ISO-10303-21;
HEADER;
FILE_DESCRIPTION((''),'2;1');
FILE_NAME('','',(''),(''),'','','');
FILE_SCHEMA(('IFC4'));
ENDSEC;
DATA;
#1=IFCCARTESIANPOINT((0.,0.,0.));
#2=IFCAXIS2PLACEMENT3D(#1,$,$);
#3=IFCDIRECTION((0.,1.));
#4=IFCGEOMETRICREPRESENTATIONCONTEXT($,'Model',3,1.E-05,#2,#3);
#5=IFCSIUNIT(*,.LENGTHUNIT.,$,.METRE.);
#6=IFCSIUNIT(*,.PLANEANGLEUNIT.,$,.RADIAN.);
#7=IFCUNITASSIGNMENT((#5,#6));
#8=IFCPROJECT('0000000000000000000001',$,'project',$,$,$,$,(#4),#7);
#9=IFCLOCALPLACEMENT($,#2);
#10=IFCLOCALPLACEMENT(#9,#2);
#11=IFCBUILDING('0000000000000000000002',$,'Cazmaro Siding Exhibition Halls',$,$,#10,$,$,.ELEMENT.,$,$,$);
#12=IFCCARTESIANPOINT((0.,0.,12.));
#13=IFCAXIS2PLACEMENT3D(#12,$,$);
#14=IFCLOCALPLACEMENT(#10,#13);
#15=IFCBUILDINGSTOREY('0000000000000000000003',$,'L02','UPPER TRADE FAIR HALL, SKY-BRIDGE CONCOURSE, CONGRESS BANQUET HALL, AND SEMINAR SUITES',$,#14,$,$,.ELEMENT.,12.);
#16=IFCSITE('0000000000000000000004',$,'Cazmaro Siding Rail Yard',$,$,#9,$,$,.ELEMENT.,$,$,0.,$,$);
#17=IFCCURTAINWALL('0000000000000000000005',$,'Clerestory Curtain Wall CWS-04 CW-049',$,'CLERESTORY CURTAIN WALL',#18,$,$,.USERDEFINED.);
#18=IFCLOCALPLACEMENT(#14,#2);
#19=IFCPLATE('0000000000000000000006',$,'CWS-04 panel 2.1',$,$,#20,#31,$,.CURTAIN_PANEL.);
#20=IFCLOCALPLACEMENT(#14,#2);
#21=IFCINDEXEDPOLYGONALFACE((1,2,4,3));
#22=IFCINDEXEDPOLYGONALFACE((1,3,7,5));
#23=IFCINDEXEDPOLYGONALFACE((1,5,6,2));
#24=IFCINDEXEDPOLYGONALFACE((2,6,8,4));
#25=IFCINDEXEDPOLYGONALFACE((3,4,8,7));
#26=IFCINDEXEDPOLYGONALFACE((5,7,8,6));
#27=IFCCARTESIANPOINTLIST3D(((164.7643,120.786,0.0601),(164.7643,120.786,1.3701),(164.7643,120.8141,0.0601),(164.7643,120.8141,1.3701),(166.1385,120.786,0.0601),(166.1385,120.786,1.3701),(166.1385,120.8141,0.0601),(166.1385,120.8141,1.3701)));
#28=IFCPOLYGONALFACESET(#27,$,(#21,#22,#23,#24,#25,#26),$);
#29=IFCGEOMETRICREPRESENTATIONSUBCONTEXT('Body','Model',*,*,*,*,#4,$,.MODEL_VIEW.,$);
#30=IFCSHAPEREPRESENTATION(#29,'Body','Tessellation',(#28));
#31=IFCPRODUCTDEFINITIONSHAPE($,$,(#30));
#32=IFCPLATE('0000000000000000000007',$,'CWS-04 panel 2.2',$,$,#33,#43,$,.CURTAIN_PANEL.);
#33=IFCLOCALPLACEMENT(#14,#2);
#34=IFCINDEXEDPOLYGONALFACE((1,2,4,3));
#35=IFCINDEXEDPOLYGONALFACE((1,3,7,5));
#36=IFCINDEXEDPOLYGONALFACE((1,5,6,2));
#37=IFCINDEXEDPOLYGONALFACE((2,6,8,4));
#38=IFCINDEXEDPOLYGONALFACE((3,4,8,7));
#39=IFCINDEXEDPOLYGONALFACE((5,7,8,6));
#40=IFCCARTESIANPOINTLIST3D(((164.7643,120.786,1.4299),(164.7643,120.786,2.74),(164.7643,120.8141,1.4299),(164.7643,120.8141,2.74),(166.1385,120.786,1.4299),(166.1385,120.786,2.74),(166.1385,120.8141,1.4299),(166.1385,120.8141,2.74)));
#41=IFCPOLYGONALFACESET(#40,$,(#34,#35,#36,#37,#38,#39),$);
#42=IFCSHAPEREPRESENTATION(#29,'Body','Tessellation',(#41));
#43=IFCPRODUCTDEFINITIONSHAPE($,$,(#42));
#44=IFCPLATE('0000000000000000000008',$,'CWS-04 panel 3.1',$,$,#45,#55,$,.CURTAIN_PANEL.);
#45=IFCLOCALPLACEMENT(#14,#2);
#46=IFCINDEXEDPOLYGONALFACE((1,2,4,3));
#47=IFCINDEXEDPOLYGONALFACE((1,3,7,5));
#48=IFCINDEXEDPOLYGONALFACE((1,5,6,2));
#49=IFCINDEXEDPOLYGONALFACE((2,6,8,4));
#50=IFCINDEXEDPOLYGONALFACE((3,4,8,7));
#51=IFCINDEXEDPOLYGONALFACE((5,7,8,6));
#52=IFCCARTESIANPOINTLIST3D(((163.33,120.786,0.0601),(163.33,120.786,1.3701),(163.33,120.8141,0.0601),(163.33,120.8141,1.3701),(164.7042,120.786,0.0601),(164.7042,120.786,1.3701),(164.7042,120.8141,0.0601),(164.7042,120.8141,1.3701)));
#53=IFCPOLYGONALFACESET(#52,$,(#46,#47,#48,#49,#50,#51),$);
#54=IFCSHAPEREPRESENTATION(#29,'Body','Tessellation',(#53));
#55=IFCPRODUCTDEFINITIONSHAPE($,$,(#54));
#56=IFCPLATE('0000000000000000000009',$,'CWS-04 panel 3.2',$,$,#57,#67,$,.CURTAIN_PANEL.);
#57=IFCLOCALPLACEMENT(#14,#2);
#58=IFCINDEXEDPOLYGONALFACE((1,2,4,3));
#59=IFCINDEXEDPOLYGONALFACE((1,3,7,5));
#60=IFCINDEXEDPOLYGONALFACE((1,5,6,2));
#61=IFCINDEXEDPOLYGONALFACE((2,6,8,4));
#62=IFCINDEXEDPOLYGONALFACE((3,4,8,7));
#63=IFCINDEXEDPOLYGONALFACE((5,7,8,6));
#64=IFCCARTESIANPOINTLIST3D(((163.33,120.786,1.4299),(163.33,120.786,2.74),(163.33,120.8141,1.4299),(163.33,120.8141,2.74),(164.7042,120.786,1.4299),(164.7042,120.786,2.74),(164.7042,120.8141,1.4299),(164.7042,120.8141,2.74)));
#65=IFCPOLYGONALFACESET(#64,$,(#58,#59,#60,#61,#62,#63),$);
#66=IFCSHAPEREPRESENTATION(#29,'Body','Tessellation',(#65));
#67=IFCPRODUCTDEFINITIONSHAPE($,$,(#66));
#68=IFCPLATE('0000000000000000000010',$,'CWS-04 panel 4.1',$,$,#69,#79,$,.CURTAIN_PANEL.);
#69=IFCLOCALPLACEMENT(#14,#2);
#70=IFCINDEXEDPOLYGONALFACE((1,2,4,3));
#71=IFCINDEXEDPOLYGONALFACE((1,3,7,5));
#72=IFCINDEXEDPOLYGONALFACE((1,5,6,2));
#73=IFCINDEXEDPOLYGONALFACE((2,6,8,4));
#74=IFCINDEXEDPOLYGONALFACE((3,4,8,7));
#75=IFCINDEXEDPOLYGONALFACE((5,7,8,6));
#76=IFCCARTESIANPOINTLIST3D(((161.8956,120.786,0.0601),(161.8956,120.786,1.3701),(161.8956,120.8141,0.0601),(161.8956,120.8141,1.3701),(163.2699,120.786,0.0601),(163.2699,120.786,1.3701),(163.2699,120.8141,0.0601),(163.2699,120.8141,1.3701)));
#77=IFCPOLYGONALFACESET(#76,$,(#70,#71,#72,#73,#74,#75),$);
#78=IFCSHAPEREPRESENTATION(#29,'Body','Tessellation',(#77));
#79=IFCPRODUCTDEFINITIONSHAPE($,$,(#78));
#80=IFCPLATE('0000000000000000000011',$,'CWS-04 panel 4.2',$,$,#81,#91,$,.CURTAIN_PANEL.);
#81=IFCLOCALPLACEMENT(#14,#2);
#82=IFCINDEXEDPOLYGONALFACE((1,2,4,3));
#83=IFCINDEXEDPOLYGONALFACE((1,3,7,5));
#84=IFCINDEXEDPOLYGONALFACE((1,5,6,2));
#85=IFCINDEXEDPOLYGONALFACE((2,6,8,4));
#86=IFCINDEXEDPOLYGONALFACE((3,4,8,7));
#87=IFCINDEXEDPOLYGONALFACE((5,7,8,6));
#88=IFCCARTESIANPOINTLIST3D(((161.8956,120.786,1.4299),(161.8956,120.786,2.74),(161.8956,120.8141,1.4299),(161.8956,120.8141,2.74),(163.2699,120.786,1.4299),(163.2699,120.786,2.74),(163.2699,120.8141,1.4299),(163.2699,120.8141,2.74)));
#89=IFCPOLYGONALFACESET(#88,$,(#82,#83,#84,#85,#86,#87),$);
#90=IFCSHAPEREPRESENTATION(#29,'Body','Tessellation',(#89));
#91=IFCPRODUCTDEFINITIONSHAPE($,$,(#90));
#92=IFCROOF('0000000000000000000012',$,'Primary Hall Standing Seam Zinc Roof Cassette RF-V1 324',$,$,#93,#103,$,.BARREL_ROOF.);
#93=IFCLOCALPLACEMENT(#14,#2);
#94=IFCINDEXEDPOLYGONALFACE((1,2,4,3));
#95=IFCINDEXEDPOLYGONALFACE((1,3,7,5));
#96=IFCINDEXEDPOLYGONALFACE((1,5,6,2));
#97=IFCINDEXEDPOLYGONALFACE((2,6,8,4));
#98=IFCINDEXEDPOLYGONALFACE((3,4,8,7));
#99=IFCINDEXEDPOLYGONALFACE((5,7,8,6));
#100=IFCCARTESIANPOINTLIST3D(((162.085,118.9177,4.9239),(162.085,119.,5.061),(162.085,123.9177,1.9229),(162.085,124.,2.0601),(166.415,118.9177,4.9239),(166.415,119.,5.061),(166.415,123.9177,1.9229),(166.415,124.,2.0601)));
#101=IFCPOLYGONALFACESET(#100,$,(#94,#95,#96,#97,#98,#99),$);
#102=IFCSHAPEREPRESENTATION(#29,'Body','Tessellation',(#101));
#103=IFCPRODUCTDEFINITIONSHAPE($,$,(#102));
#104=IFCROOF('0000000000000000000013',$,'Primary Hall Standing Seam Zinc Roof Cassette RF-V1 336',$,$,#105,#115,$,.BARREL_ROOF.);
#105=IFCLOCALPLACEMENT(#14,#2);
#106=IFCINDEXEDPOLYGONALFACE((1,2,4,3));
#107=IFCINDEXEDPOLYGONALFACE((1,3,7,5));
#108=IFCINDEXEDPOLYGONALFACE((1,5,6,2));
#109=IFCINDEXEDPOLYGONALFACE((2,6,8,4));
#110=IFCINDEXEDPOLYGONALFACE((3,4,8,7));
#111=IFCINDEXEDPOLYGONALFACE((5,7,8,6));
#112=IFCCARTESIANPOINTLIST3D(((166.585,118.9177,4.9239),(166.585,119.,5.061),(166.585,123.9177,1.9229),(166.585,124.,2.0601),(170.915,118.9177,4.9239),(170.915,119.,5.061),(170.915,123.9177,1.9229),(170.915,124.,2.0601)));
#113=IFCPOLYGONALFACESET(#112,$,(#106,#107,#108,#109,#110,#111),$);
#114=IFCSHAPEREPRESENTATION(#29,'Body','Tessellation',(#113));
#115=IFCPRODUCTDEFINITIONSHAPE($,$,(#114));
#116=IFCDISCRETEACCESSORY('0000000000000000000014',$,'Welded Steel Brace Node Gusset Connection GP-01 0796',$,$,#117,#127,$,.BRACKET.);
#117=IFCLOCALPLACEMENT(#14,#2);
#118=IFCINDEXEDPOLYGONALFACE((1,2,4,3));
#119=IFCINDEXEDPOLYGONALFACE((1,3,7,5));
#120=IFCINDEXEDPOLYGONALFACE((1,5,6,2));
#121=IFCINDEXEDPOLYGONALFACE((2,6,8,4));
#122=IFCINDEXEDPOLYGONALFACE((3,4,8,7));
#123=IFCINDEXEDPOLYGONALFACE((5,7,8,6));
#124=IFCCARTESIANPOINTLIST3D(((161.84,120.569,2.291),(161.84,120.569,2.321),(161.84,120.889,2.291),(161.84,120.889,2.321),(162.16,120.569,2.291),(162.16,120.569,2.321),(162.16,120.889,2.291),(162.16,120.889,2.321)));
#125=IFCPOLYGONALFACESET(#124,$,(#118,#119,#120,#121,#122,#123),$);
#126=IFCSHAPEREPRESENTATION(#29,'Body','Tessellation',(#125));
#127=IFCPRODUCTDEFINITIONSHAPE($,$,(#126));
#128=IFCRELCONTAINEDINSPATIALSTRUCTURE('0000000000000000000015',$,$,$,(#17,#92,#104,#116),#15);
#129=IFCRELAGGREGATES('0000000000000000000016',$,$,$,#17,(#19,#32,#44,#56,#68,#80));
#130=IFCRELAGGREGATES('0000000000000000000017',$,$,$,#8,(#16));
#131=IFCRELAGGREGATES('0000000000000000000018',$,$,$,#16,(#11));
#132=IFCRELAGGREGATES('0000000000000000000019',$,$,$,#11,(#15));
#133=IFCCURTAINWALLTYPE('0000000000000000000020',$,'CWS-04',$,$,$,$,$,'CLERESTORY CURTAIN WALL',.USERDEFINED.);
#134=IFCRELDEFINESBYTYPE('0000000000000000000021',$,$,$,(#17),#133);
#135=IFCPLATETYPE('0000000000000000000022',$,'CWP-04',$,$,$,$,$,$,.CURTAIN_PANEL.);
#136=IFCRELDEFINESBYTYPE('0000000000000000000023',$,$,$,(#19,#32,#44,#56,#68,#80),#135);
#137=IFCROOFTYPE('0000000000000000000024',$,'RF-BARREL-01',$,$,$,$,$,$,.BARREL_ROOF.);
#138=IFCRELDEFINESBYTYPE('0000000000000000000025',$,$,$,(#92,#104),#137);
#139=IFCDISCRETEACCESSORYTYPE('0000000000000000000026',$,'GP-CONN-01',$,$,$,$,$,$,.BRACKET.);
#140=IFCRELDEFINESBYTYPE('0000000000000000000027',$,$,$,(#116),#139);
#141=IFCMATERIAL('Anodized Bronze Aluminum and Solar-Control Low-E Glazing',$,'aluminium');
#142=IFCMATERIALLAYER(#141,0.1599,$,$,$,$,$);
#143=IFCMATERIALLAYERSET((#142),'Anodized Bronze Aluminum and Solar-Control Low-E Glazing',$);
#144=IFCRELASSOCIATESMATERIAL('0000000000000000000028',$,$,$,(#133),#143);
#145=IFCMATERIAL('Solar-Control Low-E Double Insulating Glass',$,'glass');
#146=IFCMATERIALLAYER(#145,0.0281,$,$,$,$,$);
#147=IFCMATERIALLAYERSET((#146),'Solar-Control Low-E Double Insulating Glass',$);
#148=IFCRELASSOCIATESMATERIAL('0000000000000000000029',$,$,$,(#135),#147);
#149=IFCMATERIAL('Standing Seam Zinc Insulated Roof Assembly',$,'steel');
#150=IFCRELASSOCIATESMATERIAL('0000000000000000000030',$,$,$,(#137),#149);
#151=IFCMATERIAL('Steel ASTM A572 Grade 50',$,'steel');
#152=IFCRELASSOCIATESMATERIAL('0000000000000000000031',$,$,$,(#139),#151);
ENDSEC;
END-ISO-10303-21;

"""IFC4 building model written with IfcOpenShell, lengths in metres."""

from ifc_helpers import new_model, si_unit, direction, frame, origin, origin_2d, place, context, subcontext, project, spatial, polyline, rectangle, outline, extrude, material, layer, layer_set, type_object, element, aggregate, save


model = new_model("IFC4")

# Units and contexts
model_context = context("Model", 3, precision=1e-05, world=origin(), true_north=direction((0.0, 1.0)))
body_context = subcontext(model_context, "Body", "Model", "MODEL_VIEW")
ifc_project = project(units=[si_unit("LENGTHUNIT", "METRE"), si_unit("PLANEANGLEUNIT", "RADIAN")], contexts=[model_context])

# Site, building, storey
site_placement = place(None, origin())
site = spatial("IfcSite", under=ifc_project, at=site_placement, Name="Cazmaro Siding Rail Yard", CompositionType="ELEMENT", RefElevation=0.0)
building_placement = place(site_placement, origin())
building = spatial("IfcBuilding", under=site, at=building_placement, Name="Cazmaro Siding Exhibition Halls", CompositionType="ELEMENT")
storey_placement = place(building_placement, frame((0.0, 0.0, 12.0)))
storey = spatial("IfcBuildingStorey", under=building, at=storey_placement, Name="L02", Description="UPPER TRADE FAIR HALL, SKY-BRIDGE CONCOURSE, CONGRESS BANQUET HALL, AND SEMINAR SUITES", CompositionType="ELEMENT", Elevation=12.0)

# Curtain wall
ifc_material_1 = material(Name="Anodized Bronze Aluminum and Solar-Control Low-E Glazing", Category="aluminium")
ifc_layer_1 = layer(ifc_material_1, 0.1599)
ifc_layer_set_1 = layer_set([ifc_layer_1], Name="Anodized Bronze Aluminum and Solar-Control Low-E Glazing")
curtain_wall_type = type_object("IfcCurtainWallType", Name="CWS-04", ElementType="CLERESTORY CURTAIN WALL", PredefinedType="USERDEFINED", material=ifc_layer_set_1)
curtain_wall_placement = place(storey_placement, origin())
curtain_wall = element("IfcCurtainWall", 1, at=curtain_wall_placement, inside=storey, type_object=curtain_wall_type, Name="Clerestory Curtain Wall CWS-04 CW-049", ObjectType="CLERESTORY CURTAIN WALL", PredefinedType="USERDEFINED")

# Plates
ifc_material_2 = material(Name="Solar-Control Low-E Double Insulating Glass", Category="glass")
ifc_layer_2 = layer(ifc_material_2, 0.0281)
ifc_layer_set_2 = layer_set([ifc_layer_2], Name="Solar-Control Low-E Double Insulating Glass")
plate_type_1 = type_object("IfcPlateType", Name="CWP-04", PredefinedType="CURTAIN_PANEL", material=ifc_layer_set_2)
plate_1_placement = place(storey_placement, frame((165.4514, 120.8, 0.0601), z_axis=(0.0, 0.0, 1.0), x_axis=(-1.0, 0.0, 0.0)))
plate_1 = element("IfcPlate", 2, at=plate_1_placement, type_object=plate_type_1, Name="CWS-04 panel 2.1", PredefinedType="CURTAIN_PANEL", context=body_context, shape_type="SweptSolid", body=[
    extrude(rectangle(XDim=1.3743, YDim=0.0281, at=origin_2d()), origin(), (0.0, 0.0, 1.0), 1.3101),
])
plate_2_placement = place(storey_placement, frame((165.4514, 120.8, 1.4299), z_axis=(0.0, 0.0, 1.0), x_axis=(-1.0, 0.0, 0.0)))
plate_2 = element("IfcPlate", 3, at=plate_2_placement, type_object=plate_type_1, Name="CWS-04 panel 2.2", PredefinedType="CURTAIN_PANEL", context=body_context, shape_type="SweptSolid", body=[
    extrude(rectangle(XDim=1.3743, YDim=0.0281, at=origin_2d()), origin(), (0.0, 0.0, 1.0), 1.3101),
])
plate_3_placement = place(storey_placement, frame((164.0171, 120.8, 0.0601), z_axis=(0.0, 0.0, 1.0), x_axis=(-1.0, 0.0, 0.0)))
plate_3 = element("IfcPlate", 4, at=plate_3_placement, type_object=plate_type_1, Name="CWS-04 panel 3.1", PredefinedType="CURTAIN_PANEL", context=body_context, shape_type="SweptSolid", body=[
    extrude(rectangle(XDim=1.3743, YDim=0.0281, at=origin_2d()), origin(), (0.0, 0.0, 1.0), 1.3101),
])
plate_4_placement = place(storey_placement, frame((164.0171, 120.8, 1.4299), z_axis=(0.0, 0.0, 1.0), x_axis=(-1.0, 0.0, 0.0)))
plate_4 = element("IfcPlate", 5, at=plate_4_placement, type_object=plate_type_1, Name="CWS-04 panel 3.2", PredefinedType="CURTAIN_PANEL", context=body_context, shape_type="SweptSolid", body=[
    extrude(rectangle(XDim=1.3743, YDim=0.0281, at=origin_2d()), origin(), (0.0, 0.0, 1.0), 1.3101),
])
plate_5_placement = place(storey_placement, frame((162.5828, 120.8, 0.0601), z_axis=(0.0, 0.0, 1.0), x_axis=(-1.0, 0.0, 0.0)))
plate_5 = element("IfcPlate", 6, at=plate_5_placement, type_object=plate_type_1, Name="CWS-04 panel 4.1", PredefinedType="CURTAIN_PANEL", context=body_context, shape_type="SweptSolid", body=[
    extrude(rectangle(XDim=1.3743, YDim=0.0281, at=origin_2d()), origin(), (0.0, 0.0, 1.0), 1.3101),
])
plate_6_placement = place(storey_placement, frame((162.5828, 120.8, 1.4299), z_axis=(0.0, 0.0, 1.0), x_axis=(-1.0, 0.0, 0.0)))
plate_6 = element("IfcPlate", 7, at=plate_6_placement, type_object=plate_type_1, Name="CWS-04 panel 4.2", PredefinedType="CURTAIN_PANEL", context=body_context, shape_type="SweptSolid", body=[
    extrude(rectangle(XDim=1.3743, YDim=0.0281, at=origin_2d()), origin(), (0.0, 0.0, 1.0), 1.3101),
])
aggregate(curtain_wall, [plate_1, plate_2, plate_3, plate_4, plate_5, plate_6])

# Roofs
ifc_material_3 = material(Name="Standing Seam Zinc Insulated Roof Assembly", Category="steel")
roof_type = type_object("IfcRoofType", Name="RF-BARREL-01", PredefinedType="BARREL_ROOF", material=ifc_material_3)
for number, where, z_axis, x_axis, name in (
    (8, (162.085, 119.0, 5.061), (0.0, 0.514619, 0.857419), (1.0, 0.0, 0.0), "Primary Hall Standing Seam Zinc Roof Cassette RF-V1 324"),
    (9, (166.585, 119.0, 5.061), (0.0, 0.514619, 0.857419), (1.0, 0.0, 0.0), "Primary Hall Standing Seam Zinc Roof Cassette RF-V1 336"),
):
    element("IfcRoof", number, at=place(storey_placement, frame(where, z_axis=z_axis, x_axis=x_axis)), inside=storey, type_object=roof_type, Name=name, PredefinedType="BARREL_ROOF", context=body_context, shape_type="SweptSolid", body=[
        extrude(outline(polyline([(0.0, 0.0), (4.3301, 0.0), (4.3301, 5.8315), (0.0, 5.8315), (0.0, 0.0)])), origin(), (0.0, 0.0, -1.0), 0.1599),
    ])

# Discrete accessory
ifc_material_4 = material(Name="Steel ASTM A572 Grade 50", Category="steel")
discrete_accessory_type = type_object("IfcDiscreteAccessoryType", Name="GP-CONN-01", PredefinedType="BRACKET", material=ifc_material_4)
discrete_accessory_placement = place(storey_placement, frame((162.0, 120.729, 2.291), z_axis=(0.0, 0.0, 1.0), x_axis=(1.0, 0.0, 0.0)))
element("IfcDiscreteAccessory", 10, at=discrete_accessory_placement, inside=storey, type_object=discrete_accessory_type, Name="Welded Steel Brace Node Gusset Connection GP-01 0796", PredefinedType="BRACKET", context=body_context, shape_type="SweptSolid", body=[
    extrude(rectangle(XDim=0.3201, YDim=0.3201, at=origin_2d()), origin(), (0.0, 0.0, 1.0), 0.03),
])

save(model, "model.ifc")
